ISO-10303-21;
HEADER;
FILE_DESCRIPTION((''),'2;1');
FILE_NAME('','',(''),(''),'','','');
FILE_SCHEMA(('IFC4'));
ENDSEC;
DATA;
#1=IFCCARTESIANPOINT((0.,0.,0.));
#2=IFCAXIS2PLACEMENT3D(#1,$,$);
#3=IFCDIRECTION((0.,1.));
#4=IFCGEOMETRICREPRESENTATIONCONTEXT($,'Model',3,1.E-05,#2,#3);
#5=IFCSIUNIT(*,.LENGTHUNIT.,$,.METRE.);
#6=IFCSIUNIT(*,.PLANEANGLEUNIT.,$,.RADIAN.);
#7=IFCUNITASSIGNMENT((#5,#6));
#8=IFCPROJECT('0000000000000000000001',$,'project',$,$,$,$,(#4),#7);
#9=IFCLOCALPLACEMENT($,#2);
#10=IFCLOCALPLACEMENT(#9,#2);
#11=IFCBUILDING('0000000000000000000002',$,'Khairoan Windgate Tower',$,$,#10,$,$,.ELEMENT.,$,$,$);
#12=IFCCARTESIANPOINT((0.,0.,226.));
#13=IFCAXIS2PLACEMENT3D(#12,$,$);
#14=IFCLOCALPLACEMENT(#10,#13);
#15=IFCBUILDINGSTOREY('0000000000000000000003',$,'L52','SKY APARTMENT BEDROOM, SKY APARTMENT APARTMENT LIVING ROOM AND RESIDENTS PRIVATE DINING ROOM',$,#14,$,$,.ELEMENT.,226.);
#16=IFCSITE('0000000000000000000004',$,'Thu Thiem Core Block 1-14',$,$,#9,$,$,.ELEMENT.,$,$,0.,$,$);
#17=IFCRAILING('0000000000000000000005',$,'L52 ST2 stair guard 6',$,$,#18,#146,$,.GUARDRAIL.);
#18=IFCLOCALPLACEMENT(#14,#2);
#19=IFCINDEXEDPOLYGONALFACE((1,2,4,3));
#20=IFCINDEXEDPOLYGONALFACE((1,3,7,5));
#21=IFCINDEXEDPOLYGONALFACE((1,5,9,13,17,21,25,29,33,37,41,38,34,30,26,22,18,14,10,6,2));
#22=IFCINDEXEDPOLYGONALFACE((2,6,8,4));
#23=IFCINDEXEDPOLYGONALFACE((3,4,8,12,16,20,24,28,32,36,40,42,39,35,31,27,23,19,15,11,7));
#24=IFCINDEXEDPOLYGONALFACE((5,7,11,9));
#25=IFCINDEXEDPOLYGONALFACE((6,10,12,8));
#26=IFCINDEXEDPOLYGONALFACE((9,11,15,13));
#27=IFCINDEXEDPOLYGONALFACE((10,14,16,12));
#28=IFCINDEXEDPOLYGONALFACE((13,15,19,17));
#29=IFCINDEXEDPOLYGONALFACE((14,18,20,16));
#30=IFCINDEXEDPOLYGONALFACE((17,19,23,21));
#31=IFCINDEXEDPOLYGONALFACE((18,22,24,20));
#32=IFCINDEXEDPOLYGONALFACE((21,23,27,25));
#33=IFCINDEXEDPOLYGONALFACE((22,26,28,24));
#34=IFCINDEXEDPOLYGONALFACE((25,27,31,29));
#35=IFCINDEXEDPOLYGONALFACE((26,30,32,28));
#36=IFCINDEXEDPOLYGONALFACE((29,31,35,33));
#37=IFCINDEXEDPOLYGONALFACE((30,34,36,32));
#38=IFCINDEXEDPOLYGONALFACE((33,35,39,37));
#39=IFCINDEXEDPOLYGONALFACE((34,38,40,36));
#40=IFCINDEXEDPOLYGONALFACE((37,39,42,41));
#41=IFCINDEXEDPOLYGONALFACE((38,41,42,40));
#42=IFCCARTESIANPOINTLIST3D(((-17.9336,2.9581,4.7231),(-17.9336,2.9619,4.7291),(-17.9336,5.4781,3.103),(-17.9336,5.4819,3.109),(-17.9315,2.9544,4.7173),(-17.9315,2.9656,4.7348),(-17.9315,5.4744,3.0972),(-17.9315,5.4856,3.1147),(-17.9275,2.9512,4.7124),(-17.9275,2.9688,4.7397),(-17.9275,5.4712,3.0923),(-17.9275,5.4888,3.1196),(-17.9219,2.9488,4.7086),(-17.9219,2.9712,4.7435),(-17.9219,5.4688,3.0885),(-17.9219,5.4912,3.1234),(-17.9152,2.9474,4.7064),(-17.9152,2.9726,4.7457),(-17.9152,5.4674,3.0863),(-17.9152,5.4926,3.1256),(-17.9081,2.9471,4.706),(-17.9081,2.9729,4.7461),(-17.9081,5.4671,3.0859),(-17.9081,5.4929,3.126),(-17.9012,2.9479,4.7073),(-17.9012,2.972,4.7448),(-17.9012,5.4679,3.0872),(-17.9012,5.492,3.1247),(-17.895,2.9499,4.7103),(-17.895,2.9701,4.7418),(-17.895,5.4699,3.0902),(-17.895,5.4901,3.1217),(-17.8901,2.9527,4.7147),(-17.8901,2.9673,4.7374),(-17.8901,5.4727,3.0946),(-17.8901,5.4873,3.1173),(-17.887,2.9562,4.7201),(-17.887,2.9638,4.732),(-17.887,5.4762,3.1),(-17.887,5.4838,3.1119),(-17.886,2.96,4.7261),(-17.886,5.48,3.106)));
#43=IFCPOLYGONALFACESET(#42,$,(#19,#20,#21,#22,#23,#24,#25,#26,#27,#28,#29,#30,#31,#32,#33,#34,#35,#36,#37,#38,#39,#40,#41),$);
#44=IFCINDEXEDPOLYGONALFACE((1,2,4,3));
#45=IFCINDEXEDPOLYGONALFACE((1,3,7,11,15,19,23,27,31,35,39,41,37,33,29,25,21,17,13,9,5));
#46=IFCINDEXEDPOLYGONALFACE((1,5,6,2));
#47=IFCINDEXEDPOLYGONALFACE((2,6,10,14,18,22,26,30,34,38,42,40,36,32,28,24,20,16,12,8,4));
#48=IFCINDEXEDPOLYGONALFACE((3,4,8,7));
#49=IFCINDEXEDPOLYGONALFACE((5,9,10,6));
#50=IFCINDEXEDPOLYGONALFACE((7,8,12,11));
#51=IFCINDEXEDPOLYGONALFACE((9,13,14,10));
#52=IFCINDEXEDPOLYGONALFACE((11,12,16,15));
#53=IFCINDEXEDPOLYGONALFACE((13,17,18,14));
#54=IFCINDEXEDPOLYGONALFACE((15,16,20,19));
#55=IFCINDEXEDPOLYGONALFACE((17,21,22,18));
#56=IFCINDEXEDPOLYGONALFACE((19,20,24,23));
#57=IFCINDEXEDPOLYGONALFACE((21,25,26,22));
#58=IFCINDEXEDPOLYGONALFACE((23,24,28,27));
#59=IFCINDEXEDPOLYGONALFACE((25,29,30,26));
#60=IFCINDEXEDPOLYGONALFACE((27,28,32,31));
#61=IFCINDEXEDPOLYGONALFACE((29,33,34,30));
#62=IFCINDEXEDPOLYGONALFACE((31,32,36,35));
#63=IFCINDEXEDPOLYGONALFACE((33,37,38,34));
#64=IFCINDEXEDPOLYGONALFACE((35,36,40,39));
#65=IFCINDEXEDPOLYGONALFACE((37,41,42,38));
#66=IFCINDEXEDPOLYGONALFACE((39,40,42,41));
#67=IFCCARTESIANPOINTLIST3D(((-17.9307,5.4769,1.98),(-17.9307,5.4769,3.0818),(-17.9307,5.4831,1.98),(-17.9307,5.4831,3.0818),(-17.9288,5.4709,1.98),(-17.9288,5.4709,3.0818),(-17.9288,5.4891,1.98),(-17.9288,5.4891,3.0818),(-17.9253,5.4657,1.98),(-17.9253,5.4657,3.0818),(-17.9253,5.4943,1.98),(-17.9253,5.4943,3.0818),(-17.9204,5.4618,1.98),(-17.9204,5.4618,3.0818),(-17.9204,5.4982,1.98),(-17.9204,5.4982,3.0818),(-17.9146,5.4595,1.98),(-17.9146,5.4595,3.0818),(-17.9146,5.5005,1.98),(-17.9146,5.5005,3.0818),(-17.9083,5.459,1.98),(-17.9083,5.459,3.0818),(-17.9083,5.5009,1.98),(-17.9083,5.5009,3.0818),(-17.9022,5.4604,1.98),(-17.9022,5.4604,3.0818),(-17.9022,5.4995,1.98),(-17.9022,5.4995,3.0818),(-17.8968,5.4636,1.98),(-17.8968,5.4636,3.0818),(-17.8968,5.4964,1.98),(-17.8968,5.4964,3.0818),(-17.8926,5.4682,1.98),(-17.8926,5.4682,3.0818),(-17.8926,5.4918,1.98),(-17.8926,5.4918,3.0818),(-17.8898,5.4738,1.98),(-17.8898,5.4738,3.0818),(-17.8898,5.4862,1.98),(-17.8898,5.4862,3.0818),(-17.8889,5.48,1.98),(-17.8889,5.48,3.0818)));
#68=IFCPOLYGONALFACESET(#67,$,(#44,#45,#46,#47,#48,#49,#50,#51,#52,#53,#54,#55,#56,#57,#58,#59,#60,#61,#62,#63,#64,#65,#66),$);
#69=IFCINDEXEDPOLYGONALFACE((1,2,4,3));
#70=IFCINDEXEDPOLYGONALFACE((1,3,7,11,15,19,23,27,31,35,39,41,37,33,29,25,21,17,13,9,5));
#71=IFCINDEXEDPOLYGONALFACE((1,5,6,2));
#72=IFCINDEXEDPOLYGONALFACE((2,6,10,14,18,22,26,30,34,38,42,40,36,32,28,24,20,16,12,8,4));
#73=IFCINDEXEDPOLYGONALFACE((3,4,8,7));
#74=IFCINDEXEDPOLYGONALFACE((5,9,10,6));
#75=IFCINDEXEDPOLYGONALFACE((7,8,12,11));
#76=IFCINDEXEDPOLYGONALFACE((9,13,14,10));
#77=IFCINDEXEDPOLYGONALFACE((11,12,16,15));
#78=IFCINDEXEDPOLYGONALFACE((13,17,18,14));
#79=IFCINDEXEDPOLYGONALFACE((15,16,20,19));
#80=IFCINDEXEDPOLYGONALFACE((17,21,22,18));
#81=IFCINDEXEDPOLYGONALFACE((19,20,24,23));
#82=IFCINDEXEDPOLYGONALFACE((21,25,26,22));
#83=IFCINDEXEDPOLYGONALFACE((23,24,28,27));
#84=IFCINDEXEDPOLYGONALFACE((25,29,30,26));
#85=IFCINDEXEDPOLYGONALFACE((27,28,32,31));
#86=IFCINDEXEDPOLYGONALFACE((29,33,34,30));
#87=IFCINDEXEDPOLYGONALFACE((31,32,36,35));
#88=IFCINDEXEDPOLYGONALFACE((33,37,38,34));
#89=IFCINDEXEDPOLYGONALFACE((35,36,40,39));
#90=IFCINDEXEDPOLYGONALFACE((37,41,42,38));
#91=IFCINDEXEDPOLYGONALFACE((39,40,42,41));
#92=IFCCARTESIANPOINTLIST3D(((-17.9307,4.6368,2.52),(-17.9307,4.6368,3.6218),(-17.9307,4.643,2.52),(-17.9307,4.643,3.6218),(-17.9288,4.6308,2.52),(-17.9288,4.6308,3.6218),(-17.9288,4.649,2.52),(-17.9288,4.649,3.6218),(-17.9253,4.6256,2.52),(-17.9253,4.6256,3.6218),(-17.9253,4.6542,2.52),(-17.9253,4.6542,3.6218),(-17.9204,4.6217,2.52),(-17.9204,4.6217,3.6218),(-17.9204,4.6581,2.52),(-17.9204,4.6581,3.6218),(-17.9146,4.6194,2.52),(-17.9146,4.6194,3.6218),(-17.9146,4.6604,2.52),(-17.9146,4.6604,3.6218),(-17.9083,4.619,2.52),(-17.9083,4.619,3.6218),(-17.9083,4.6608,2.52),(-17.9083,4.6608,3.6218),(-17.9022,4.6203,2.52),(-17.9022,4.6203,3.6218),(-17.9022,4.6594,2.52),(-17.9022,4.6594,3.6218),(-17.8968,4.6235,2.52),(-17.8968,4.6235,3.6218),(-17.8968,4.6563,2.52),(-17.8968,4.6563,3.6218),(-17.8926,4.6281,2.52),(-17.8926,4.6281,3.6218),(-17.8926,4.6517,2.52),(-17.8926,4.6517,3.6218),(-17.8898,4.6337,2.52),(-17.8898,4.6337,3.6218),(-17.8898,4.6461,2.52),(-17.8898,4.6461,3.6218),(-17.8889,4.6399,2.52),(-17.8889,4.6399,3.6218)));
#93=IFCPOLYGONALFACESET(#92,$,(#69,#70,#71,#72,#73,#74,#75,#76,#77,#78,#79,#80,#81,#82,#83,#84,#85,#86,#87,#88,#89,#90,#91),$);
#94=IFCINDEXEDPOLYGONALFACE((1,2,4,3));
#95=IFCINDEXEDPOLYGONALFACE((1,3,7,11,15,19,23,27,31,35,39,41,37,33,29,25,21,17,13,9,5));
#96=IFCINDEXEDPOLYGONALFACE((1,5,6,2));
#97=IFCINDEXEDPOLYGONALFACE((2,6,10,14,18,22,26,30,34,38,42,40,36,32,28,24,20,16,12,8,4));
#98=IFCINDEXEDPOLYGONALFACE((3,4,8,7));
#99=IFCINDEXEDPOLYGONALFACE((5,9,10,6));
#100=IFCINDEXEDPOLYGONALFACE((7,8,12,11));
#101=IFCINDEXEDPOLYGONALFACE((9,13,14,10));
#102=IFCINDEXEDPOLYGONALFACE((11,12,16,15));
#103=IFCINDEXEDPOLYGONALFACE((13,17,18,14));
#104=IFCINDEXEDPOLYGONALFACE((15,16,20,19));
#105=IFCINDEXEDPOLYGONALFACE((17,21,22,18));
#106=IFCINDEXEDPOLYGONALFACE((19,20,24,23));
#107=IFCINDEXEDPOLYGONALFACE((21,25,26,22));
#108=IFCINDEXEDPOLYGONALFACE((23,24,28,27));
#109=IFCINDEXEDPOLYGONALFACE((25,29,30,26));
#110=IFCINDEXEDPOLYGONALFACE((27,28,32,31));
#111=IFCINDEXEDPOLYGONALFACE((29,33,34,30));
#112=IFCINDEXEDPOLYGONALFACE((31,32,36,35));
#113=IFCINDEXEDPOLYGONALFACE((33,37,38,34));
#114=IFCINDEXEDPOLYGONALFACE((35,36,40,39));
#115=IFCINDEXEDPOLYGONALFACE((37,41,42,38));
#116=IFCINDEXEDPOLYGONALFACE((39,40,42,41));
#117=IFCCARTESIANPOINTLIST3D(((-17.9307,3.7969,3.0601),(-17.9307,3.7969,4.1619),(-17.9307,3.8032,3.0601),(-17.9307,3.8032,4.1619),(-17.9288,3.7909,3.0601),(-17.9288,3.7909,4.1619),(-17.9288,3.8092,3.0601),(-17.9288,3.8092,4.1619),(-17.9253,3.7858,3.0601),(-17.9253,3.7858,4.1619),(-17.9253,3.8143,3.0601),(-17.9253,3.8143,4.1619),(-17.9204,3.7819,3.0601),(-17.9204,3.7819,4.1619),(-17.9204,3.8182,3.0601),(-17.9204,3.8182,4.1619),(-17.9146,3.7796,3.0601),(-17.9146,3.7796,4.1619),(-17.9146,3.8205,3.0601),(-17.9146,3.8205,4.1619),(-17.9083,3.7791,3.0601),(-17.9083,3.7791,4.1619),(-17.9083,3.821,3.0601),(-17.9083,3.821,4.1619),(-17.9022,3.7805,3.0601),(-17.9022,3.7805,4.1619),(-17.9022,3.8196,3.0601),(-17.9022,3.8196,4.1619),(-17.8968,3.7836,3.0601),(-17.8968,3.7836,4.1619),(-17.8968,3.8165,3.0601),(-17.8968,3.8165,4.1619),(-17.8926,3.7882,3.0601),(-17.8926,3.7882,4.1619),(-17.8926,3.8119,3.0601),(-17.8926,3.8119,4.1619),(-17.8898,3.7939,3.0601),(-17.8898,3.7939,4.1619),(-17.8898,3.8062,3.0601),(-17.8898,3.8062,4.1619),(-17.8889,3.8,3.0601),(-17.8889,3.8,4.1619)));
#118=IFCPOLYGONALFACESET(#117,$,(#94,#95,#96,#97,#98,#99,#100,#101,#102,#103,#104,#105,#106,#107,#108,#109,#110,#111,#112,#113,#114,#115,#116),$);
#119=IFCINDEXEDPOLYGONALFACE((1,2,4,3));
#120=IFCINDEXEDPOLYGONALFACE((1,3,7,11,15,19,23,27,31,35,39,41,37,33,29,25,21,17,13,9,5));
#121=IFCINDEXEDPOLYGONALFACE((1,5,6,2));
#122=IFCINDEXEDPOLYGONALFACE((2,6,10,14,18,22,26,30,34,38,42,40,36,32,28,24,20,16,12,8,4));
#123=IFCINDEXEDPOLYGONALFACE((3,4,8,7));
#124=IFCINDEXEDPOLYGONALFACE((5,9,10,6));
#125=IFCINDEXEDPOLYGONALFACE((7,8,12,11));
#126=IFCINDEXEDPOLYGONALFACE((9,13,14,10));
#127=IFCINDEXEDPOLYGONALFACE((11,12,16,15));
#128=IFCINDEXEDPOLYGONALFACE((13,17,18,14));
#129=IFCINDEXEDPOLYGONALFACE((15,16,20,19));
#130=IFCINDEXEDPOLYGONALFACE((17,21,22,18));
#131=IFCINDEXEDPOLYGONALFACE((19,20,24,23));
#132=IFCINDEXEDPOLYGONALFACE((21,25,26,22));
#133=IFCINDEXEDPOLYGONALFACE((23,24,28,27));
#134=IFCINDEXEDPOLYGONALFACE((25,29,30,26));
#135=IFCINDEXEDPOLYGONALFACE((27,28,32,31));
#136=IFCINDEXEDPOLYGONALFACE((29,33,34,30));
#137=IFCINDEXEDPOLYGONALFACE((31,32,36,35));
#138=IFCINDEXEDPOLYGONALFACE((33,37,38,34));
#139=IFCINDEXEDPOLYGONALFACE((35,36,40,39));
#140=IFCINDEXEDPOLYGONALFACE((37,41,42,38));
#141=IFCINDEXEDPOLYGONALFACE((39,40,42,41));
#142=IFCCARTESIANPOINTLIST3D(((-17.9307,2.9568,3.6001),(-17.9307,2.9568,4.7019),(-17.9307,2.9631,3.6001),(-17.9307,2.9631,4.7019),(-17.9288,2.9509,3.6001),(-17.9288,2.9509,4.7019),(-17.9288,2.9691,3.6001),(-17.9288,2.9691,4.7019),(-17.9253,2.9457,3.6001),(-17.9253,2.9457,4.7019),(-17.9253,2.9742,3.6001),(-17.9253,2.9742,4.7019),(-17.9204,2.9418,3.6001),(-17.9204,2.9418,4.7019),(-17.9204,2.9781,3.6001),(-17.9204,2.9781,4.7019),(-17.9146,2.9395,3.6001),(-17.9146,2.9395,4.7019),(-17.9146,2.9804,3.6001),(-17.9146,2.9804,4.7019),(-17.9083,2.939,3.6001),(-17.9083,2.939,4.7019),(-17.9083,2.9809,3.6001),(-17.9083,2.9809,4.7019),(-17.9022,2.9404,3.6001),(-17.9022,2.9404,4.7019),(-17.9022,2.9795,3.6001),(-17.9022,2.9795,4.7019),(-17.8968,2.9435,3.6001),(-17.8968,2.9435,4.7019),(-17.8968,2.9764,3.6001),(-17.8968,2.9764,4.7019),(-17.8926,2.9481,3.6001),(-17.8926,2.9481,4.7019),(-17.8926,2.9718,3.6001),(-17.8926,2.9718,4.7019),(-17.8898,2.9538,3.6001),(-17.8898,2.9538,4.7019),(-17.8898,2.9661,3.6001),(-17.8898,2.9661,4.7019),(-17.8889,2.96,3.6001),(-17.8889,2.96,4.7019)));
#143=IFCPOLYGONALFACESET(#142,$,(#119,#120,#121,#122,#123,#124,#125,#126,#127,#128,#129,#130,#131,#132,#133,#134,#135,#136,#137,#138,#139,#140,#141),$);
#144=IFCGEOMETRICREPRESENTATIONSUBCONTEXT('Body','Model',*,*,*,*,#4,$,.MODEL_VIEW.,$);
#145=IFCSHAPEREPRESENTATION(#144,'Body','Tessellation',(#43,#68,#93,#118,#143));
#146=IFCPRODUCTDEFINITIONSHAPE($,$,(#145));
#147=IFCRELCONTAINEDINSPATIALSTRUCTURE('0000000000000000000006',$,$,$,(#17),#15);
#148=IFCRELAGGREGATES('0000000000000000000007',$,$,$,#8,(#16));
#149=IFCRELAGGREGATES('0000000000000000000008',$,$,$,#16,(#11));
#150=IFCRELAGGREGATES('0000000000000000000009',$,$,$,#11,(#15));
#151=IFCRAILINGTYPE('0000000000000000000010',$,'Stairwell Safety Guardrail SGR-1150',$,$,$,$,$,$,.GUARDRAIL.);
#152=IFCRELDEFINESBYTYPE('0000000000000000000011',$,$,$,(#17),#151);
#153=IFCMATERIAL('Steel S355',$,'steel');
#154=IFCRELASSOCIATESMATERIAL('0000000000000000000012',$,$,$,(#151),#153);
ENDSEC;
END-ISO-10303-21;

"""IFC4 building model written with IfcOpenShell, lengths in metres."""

from ifc_helpers import new_model, si_unit, direction, frame, origin, origin_2d, place, context, subcontext, project, spatial, circle, extrude, material, type_object, element, save


model = new_model("IFC4")

# Units and contexts
model_context = context("Model", 3, precision=1e-05, world=origin(), true_north=direction((0.0, 1.0)))
body_context = subcontext(model_context, "Body", "Model", "MODEL_VIEW")
ifc_project = project(units=[si_unit("LENGTHUNIT", "METRE"), si_unit("PLANEANGLEUNIT", "RADIAN")], contexts=[model_context])

# Site, building, storey
site_placement = place(None, origin())
site = spatial("IfcSite", under=ifc_project, at=site_placement, Name="Thu Thiem Core Block 1-14", CompositionType="ELEMENT", RefElevation=0.0)
building_placement = place(site_placement, origin())
building = spatial("IfcBuilding", under=site, at=building_placement, Name="Khairoan Windgate Tower", CompositionType="ELEMENT")
storey_placement = place(building_placement, frame((0.0, 0.0, 226.0)))
storey = spatial("IfcBuildingStorey", under=building, at=storey_placement, Name="L52", Description="SKY APARTMENT BEDROOM, SKY APARTMENT APARTMENT LIVING ROOM AND RESIDENTS PRIVATE DINING ROOM", CompositionType="ELEMENT", Elevation=226.0)

# Railing
ifc_material_1 = material(Name="Steel S355", Category="steel")
railing_type_1 = type_object("IfcRailingType", Name="Stairwell Safety Guardrail SGR-1150", PredefinedType="GUARDRAIL", material=ifc_material_1)
railing_1_placement = place(storey_placement, frame((-17.9099, 5.48, 1.98)))
element("IfcRailing", 1, at=railing_1_placement, inside=storey, type_object=railing_type_1, Name="L52 ST2 stair guard 6", PredefinedType="GUARDRAIL", context=body_context, shape_type="SweptSolid", body=[
    extrude(circle(Radius=0.0239, at=origin_2d()), frame((0.0, 0.0, 1.126), z_axis=(0.0, -0.841163, 0.540782), x_axis=(1.0, 0.0, 0.0)), (0.0, 0.0, 1.0), 2.9958),
    extrude(circle(Radius=0.021, at=origin_2d()), origin(), (0.0, 0.0, 1.0), 1.1018),
    extrude(circle(Radius=0.021, at=origin_2d()), frame((0.0, -0.8401, 0.54)), (0.0, 0.0, 1.0), 1.1018),
    extrude(circle(Radius=0.021, at=origin_2d()), frame((0.0, -1.6799, 1.0801)), (0.0, 0.0, 1.0), 1.1018),
    extrude(circle(Radius=0.021, at=origin_2d()), frame((0.0, -2.52, 1.6201)), (0.0, 0.0, 1.0), 1.1018),
])

save(model, "model.ifc")
